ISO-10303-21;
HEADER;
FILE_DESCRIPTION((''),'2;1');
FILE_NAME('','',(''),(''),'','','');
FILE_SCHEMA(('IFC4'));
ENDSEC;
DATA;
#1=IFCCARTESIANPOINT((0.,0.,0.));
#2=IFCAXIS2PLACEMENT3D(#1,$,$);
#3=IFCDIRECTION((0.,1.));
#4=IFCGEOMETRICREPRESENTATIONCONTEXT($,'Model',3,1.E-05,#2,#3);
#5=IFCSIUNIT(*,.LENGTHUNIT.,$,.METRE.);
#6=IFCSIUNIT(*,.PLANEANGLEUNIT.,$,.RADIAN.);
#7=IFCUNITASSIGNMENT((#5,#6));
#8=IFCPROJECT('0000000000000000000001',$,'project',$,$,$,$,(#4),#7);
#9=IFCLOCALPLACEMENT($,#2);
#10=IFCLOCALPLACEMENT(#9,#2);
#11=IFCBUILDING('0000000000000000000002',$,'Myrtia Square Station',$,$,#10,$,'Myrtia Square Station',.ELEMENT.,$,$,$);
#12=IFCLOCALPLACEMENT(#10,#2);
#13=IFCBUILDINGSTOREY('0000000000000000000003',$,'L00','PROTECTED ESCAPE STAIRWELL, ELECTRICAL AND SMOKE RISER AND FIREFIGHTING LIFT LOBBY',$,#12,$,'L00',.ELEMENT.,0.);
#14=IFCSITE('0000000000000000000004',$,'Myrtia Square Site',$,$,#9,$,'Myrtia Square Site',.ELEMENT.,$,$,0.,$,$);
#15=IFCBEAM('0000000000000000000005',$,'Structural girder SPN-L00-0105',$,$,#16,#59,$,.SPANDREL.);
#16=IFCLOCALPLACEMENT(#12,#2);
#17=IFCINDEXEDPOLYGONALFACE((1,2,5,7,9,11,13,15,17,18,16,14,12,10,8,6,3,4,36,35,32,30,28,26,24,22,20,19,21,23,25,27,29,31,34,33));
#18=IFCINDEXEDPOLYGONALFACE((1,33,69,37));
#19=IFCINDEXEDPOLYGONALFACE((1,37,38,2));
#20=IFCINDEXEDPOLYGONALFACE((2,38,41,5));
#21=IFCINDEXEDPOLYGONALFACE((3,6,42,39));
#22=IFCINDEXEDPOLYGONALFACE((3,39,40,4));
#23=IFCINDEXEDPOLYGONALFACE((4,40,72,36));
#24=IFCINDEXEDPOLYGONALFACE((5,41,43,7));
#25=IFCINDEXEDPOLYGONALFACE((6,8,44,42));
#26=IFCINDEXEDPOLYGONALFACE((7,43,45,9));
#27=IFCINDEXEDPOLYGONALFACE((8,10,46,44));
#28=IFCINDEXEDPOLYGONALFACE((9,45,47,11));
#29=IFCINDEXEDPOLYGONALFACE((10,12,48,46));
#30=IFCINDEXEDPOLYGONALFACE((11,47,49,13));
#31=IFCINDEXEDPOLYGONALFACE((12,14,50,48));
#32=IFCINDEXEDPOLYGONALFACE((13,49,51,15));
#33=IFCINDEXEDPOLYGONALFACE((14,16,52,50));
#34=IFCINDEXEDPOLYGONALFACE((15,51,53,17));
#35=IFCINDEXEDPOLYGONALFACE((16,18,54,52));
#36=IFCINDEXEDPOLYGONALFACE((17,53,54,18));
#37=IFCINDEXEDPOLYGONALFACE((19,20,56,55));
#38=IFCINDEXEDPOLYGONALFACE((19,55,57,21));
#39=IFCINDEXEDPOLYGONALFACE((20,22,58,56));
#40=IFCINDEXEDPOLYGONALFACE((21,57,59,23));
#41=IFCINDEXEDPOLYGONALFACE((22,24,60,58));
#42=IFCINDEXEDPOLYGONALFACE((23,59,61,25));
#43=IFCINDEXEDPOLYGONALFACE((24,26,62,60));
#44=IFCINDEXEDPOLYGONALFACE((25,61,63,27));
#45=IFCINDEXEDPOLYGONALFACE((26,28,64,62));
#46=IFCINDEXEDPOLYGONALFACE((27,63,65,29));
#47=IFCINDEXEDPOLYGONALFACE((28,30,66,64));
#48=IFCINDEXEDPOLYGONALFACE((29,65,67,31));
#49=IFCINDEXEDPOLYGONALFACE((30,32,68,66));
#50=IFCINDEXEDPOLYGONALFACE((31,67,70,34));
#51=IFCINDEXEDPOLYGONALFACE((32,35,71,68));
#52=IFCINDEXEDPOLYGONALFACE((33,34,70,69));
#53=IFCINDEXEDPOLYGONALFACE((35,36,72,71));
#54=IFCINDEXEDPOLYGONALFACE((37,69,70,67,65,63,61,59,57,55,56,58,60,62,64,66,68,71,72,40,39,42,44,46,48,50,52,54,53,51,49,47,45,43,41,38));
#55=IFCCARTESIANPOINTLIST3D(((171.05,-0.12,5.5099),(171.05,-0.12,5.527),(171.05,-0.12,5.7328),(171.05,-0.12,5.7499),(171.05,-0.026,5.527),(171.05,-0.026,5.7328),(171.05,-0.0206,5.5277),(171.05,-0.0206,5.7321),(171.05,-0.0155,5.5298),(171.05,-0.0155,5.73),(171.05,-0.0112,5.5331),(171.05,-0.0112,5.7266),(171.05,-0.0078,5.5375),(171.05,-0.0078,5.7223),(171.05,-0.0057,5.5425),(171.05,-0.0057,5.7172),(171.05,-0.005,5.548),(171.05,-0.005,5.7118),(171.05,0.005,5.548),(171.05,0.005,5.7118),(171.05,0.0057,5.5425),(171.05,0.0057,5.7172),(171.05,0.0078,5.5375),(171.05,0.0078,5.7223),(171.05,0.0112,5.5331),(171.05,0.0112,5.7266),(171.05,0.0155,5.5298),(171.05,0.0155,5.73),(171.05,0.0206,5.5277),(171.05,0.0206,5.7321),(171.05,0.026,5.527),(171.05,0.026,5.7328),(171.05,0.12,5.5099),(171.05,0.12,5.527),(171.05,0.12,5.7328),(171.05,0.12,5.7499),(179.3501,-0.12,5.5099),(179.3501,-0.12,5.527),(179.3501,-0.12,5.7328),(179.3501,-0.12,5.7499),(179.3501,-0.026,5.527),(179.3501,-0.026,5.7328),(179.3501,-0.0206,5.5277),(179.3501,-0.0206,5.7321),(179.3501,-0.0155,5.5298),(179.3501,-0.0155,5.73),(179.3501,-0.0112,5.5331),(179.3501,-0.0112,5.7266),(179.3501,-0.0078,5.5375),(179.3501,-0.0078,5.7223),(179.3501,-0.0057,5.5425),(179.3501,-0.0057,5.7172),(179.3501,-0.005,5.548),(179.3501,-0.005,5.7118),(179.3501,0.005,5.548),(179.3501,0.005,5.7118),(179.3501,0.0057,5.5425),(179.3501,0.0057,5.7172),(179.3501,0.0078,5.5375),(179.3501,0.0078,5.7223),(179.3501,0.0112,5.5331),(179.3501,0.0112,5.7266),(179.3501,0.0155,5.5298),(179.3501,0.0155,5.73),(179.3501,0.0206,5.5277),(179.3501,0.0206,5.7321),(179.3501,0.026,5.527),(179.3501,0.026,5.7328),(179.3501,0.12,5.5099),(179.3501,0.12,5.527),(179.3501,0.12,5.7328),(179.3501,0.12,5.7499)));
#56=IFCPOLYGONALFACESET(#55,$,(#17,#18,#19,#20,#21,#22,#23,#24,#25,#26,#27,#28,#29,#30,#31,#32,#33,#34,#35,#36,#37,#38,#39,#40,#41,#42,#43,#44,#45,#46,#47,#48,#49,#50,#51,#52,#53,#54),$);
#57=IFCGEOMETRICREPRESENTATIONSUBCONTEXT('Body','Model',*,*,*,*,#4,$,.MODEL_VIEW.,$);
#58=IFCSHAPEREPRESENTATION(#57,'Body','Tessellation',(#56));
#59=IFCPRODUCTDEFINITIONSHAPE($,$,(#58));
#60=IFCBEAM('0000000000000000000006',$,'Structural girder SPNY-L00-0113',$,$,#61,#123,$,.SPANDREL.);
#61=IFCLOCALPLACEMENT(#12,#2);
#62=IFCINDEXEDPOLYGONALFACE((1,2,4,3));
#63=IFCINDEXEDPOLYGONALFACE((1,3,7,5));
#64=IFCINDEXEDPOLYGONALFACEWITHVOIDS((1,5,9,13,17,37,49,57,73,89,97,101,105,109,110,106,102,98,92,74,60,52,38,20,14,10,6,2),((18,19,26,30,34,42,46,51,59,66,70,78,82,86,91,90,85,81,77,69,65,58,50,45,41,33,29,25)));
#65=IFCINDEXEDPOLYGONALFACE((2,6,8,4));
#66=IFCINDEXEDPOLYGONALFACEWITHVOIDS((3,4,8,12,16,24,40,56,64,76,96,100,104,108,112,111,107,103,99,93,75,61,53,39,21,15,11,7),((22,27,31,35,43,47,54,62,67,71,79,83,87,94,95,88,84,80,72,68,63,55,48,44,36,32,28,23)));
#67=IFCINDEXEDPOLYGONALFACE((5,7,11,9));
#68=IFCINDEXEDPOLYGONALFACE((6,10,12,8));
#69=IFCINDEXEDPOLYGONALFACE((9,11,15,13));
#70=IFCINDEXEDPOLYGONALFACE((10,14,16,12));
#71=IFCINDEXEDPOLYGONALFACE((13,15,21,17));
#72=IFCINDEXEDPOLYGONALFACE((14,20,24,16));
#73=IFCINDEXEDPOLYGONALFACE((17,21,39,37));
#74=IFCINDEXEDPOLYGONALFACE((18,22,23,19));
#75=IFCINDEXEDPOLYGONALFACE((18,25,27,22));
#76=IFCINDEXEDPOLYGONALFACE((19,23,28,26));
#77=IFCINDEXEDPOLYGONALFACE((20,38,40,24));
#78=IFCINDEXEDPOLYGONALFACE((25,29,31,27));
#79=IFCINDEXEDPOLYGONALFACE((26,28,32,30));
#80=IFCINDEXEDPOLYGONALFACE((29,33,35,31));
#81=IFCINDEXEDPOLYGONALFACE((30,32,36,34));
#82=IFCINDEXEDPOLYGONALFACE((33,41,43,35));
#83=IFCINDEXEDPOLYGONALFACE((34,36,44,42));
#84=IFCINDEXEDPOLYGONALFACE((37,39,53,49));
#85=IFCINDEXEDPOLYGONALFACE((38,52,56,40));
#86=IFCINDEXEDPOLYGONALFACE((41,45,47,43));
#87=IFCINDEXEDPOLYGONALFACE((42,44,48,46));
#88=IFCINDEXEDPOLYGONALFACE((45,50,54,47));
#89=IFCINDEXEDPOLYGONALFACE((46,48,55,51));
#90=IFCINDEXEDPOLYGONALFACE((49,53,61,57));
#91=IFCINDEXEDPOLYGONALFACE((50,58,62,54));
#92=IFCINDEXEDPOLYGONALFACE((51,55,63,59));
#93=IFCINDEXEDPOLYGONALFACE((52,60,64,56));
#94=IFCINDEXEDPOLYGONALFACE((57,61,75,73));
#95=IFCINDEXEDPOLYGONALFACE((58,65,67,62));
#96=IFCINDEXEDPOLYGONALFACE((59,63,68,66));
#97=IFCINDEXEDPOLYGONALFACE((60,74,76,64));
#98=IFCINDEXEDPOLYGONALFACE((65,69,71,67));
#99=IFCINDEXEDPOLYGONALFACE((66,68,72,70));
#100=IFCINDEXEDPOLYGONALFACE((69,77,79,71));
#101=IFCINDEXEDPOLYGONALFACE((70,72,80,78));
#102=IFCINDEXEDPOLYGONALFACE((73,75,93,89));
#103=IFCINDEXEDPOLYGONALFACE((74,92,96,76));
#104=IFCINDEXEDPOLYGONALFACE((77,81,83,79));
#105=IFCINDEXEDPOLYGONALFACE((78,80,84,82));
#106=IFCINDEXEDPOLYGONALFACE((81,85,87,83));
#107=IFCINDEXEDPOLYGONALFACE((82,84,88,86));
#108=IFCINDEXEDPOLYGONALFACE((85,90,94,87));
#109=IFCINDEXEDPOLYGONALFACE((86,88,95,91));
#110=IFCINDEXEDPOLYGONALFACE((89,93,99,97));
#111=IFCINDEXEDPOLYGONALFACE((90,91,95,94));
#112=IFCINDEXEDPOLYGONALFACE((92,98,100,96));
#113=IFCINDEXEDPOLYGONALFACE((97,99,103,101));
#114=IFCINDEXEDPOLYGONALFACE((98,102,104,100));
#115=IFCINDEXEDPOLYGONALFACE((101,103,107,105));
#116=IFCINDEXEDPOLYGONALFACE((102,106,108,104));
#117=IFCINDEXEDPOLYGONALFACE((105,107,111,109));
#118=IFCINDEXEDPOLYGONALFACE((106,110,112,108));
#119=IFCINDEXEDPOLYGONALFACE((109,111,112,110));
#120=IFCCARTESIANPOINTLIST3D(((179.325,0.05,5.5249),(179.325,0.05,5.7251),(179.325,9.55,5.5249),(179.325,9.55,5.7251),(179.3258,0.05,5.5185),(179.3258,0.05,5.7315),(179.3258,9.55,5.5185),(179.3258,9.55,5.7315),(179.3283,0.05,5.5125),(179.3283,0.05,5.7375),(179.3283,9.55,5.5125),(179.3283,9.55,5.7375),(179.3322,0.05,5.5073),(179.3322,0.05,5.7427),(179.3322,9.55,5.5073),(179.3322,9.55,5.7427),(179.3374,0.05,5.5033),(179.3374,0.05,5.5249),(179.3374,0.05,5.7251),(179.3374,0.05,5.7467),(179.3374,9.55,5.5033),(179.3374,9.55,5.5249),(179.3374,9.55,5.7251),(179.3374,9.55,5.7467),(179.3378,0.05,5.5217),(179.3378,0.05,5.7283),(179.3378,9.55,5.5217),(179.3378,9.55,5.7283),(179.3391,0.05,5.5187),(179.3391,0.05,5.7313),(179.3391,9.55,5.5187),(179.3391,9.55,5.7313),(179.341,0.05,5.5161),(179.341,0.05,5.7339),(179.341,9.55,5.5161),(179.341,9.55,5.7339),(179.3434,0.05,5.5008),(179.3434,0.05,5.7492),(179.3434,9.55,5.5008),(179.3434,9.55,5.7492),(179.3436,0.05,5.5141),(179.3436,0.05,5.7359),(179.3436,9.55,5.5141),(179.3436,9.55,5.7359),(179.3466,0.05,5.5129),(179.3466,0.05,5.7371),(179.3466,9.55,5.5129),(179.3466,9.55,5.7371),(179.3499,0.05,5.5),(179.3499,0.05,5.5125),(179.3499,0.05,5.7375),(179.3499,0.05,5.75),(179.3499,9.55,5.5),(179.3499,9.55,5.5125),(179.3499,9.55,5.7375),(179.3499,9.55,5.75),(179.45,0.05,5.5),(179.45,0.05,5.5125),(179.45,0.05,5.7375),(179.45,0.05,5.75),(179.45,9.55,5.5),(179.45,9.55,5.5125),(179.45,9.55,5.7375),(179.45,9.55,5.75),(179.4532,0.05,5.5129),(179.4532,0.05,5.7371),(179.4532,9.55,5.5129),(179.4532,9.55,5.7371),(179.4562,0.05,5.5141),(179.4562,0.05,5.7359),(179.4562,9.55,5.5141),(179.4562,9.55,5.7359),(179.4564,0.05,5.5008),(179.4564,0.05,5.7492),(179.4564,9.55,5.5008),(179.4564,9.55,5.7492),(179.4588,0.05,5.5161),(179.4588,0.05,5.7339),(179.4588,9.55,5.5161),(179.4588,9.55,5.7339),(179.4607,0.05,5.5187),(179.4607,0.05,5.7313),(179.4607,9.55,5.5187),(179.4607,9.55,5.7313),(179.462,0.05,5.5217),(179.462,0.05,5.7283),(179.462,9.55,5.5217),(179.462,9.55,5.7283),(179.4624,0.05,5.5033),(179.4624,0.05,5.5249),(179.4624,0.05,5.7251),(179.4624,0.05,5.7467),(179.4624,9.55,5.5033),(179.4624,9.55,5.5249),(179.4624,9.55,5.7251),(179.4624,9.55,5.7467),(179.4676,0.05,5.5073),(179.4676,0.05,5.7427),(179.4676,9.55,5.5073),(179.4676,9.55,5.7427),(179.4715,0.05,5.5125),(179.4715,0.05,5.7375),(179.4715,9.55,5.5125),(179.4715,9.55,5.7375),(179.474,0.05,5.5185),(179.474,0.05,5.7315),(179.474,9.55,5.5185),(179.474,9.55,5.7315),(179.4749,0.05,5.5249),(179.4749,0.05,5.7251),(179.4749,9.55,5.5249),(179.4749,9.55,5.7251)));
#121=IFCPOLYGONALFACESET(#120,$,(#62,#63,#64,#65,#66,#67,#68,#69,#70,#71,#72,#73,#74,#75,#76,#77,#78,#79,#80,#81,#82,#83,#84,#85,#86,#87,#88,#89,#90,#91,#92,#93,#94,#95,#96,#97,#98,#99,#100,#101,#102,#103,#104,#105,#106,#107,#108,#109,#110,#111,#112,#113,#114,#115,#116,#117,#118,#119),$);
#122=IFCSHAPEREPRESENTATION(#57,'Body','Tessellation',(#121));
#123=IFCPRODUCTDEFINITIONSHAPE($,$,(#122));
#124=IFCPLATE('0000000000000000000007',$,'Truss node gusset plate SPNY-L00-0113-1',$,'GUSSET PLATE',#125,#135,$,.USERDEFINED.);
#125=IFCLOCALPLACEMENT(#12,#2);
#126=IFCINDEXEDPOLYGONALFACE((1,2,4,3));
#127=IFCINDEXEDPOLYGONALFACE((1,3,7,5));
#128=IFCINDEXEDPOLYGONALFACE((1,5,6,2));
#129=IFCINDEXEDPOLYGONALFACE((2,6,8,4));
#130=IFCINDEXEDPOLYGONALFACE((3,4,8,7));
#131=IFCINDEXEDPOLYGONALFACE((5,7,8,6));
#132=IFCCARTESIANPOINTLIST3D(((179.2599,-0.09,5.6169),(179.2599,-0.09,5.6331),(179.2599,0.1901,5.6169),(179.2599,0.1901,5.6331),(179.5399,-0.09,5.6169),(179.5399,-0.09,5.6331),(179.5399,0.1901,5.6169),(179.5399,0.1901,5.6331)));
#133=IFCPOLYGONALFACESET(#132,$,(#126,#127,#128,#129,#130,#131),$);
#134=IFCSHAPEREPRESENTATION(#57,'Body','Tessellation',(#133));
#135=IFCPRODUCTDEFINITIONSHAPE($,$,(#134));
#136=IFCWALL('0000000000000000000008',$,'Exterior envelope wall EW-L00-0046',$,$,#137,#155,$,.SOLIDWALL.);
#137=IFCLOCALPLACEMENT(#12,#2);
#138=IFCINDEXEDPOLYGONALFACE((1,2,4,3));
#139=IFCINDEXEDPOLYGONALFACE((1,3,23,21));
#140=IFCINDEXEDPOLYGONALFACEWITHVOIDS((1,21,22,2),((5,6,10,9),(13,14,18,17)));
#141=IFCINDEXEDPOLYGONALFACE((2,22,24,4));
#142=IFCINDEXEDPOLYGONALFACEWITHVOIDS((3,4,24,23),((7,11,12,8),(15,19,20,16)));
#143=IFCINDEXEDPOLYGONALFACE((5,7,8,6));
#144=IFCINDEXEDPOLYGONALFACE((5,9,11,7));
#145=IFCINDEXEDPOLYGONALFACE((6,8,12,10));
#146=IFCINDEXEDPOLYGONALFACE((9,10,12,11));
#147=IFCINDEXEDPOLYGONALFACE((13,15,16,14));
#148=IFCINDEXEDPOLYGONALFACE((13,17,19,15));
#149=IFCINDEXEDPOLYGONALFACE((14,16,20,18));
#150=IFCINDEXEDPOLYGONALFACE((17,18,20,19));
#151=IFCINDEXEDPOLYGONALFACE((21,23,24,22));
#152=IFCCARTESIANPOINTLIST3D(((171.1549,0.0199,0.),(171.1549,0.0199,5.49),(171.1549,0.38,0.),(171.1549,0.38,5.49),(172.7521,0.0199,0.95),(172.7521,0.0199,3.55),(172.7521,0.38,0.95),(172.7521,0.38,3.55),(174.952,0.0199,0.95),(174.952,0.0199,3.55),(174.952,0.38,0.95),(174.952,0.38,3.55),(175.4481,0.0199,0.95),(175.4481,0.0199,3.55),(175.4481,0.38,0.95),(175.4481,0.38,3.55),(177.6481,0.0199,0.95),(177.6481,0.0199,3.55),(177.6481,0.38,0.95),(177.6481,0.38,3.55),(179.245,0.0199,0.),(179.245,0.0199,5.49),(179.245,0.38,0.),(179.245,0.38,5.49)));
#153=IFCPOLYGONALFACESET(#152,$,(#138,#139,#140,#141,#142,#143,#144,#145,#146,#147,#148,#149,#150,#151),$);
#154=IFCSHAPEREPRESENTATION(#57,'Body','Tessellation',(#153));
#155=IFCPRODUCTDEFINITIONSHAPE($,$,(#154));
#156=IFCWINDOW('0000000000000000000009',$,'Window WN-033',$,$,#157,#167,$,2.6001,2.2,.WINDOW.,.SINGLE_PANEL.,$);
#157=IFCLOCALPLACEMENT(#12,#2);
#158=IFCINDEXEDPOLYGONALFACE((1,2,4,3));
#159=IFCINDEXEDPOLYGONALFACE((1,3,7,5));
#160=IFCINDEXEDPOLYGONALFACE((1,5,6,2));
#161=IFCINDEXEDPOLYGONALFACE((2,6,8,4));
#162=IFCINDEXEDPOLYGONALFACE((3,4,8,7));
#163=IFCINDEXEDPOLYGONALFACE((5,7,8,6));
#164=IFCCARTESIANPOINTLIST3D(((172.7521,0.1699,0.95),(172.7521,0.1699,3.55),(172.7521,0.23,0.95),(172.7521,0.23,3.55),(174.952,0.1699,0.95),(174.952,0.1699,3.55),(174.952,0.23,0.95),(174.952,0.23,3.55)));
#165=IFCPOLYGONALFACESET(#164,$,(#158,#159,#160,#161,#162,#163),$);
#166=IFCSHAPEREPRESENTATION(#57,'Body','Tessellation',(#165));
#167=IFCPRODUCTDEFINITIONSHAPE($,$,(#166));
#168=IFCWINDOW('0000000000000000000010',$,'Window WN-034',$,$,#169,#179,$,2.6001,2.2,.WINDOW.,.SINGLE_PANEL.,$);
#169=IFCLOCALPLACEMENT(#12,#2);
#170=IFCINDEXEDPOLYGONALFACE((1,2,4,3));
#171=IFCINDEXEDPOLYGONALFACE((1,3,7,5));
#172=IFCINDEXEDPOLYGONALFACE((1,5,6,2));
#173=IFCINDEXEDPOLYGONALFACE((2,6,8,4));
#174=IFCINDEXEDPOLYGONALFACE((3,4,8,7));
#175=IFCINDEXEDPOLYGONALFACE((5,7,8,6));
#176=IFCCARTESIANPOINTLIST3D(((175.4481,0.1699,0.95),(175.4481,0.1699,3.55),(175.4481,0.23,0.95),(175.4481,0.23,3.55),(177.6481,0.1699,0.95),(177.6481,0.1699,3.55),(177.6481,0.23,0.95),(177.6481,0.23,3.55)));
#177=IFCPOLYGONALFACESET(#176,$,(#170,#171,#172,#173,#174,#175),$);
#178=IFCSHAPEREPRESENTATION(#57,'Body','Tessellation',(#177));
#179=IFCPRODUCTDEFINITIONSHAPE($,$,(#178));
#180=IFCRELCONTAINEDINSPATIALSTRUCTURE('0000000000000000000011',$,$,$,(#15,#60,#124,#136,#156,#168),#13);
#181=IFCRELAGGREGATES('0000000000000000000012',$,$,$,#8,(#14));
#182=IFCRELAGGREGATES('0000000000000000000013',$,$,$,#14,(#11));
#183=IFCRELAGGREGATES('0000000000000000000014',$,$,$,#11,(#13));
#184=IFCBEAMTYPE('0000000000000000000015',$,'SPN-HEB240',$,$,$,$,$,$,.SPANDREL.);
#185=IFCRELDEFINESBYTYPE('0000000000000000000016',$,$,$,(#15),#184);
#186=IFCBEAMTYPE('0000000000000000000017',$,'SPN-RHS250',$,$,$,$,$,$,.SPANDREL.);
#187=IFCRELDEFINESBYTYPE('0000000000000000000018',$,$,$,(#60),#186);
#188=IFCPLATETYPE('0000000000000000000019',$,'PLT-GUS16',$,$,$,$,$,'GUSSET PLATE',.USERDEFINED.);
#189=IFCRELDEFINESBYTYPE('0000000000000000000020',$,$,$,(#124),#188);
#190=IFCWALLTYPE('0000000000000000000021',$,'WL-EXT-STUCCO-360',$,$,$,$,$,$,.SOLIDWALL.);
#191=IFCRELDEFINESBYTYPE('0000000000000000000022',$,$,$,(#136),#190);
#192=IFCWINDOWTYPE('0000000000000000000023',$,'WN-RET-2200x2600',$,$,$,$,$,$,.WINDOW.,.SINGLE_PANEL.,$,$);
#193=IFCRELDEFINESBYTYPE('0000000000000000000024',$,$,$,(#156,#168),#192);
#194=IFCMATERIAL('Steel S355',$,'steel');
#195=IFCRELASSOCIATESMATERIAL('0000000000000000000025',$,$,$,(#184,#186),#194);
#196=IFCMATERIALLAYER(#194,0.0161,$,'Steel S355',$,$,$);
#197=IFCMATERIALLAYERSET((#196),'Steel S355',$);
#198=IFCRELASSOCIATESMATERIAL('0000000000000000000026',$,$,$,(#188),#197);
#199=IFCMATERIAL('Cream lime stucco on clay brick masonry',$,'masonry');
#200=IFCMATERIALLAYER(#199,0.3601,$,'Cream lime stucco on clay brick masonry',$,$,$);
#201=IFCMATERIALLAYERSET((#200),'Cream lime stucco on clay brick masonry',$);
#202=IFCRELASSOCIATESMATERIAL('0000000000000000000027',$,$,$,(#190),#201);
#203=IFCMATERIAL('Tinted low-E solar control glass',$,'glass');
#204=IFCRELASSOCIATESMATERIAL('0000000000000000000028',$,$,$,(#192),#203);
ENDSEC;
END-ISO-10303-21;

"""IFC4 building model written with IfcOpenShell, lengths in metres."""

from ifc_helpers import new_model, si_unit, direction, frame, frame_2d, origin, origin_2d, place, context, subcontext, project, spatial, rectangle, hollow_rectangle, i_section, extrude, material, layer, layer_set, material_profile, profile_set, type_object, element, fill, save


model = new_model("IFC4")

# Units and contexts
model_context = context("Model", 3, precision=1e-05, world=origin(), true_north=direction((0.0, 1.0)))
body_context = subcontext(model_context, "Body", "Model", "MODEL_VIEW")
ifc_project = project(units=[si_unit("LENGTHUNIT", "METRE"), si_unit("PLANEANGLEUNIT", "RADIAN")], contexts=[model_context])

# Site, building, storey
site_placement = place(None, origin())
site = spatial("IfcSite", under=ifc_project, at=site_placement, Name="Myrtia Square Site", LongName="Myrtia Square Site", CompositionType="ELEMENT", RefElevation=0.0)
building_placement = place(site_placement, origin())
building = spatial("IfcBuilding", under=site, at=building_placement, Name="Myrtia Square Station", LongName="Myrtia Square Station", CompositionType="ELEMENT")
storey_placement = place(building_placement, origin())
storey = spatial("IfcBuildingStorey", under=building, at=storey_placement, Name="L00", Description="PROTECTED ESCAPE STAIRWELL, ELECTRICAL AND SMOKE RISER AND FIREFIGHTING LIFT LOBBY", LongName="L00", CompositionType="ELEMENT", Elevation=0.0)

# Shared definitions
ifc_material_1 = material(Name="Steel S355", Category="steel")

# Beams
ifc_material_profile_1 = material_profile(ifc_material_1, i_section(OverallWidth=0.24, OverallDepth=0.24, WebThickness=0.01, FlangeThickness=0.0171, FilletRadius=0.021, at=origin_2d()), Name="HEB 240")
ifc_profile_set_1 = profile_set([ifc_material_profile_1], Name="Steel S355")
beam_type_1 = type_object("IfcBeamType", Name="SPN-HEB240", PredefinedType="SPANDREL", material=ifc_profile_set_1)
beam_1_placement = place(storey_placement, frame((171.05, 0.0, 5.6299), z_axis=(1.0, 0.0, 0.0), x_axis=(0.0, 1.0, 0.0)))
element("IfcBeam", 1, at=beam_1_placement, inside=storey, type_object=beam_type_1, Name="Structural girder SPN-L00-0105", PredefinedType="SPANDREL", context=body_context, shape_type="SweptSolid", body=[
    extrude(i_section(OverallWidth=0.24, OverallDepth=0.24, WebThickness=0.01, FlangeThickness=0.0171, FilletRadius=0.021, at=origin_2d()), origin(), (0.0, 0.0, 1.0), 8.3),
])
ifc_material_profile_2 = material_profile(ifc_material_1, hollow_rectangle(XDim=0.1499, YDim=0.25, WallThickness=0.0125, InnerFilletRadius=0.0125, OuterFilletRadius=0.0249, at=origin_2d()), Name="RHS 250x150x12.5")
ifc_profile_set_2 = profile_set([ifc_material_profile_2], Name="Steel S355")
beam_type_2 = type_object("IfcBeamType", Name="SPN-RHS250", PredefinedType="SPANDREL", material=ifc_profile_set_2)
beam_2_placement = place(storey_placement, frame((179.3999, 0.05, 5.625), z_axis=(0.0, 1.0, 0.0), x_axis=(-1.0, 0.0, 0.0)))
element("IfcBeam", 2, at=beam_2_placement, inside=storey, type_object=beam_type_2, Name="Structural girder SPNY-L00-0113", PredefinedType="SPANDREL", context=body_context, shape_type="SweptSolid", body=[
    extrude(hollow_rectangle(XDim=0.1499, YDim=0.25, WallThickness=0.0125, InnerFilletRadius=0.0125, OuterFilletRadius=0.0249, at=origin_2d()), origin(), (0.0, 0.0, 1.0), 9.5),
])

# Plate
ifc_layer_1 = layer(ifc_material_1, 0.0161, Name="Steel S355")
ifc_layer_set_1 = layer_set([ifc_layer_1], Name="Steel S355")
plate_type = type_object("IfcPlateType", Name="PLT-GUS16", ElementType="GUSSET PLATE", PredefinedType="USERDEFINED", material=ifc_layer_set_1)
plate_placement = place(storey_placement, frame((179.3999, 0.05, 5.6169), z_axis=(0.0, 0.0, 1.0), x_axis=(0.0, 1.0, 0.0)))
element("IfcPlate", 3, at=plate_placement, inside=storey, type_object=plate_type, Name="Truss node gusset plate SPNY-L00-0113-1", ObjectType="GUSSET PLATE", PredefinedType="USERDEFINED", context=body_context, shape_type="SweptSolid", body=[
    extrude(rectangle(XDim=0.28, YDim=0.28, at=origin_2d()), origin(), (0.0, 0.0, 1.0), 0.0161),
])

# Wall, openings, windows
ifc_material_2 = material(Name="Cream lime stucco on clay brick masonry", Category="masonry")
ifc_layer_2 = layer(ifc_material_2, 0.3601, Name="Cream lime stucco on clay brick masonry")
ifc_layer_set_2 = layer_set([ifc_layer_2], Name="Cream lime stucco on clay brick masonry")
wall_type_1 = type_object("IfcWallType", Name="WL-EXT-STUCCO-360", PredefinedType="SOLIDWALL", material=ifc_layer_set_2)
wall_1_placement = place(storey_placement, frame((171.155, 0.2, 0.0), z_axis=(0.0, 0.0, 1.0), x_axis=(1.0, 0.0, 0.0)))
wall_1 = element("IfcWall", 4, at=wall_1_placement, inside=storey, type_object=wall_type_1, Name="Exterior envelope wall EW-L00-0046", PredefinedType="SOLIDWALL", context=body_context, shape_type="SweptSolid", body=[
    extrude(rectangle(XDim=8.0901, YDim=0.3601, at=frame_2d((4.0449, 0.0))), origin(), (0.0, 0.0, 1.0), 5.49),
])
opening_1_placement = place(wall_1_placement, frame((1.5969, 0.0, 0.95)))
opening_1 = element("IfcOpeningElement", 5, at=opening_1_placement, cuts=wall_1, PredefinedType="OPENING", context=body_context, shape_type="SweptSolid", body=[
    extrude(rectangle(XDim=2.2, YDim=2.6001, at=frame_2d((1.1001, 1.3))), frame((0.0, 0.1951, 0.0), z_axis=(0.0, -1.0, 0.0), x_axis=(1.0, 0.0, 0.0)), (0.0, 0.0, 1.0), 0.3901),
])
opening_2_placement = place(wall_1_placement, frame((4.293, 0.0, 0.95)))
opening_2 = element("IfcOpeningElement", 6, at=opening_2_placement, cuts=wall_1, PredefinedType="OPENING", context=body_context, shape_type="SweptSolid", body=[
    extrude(rectangle(XDim=2.2, YDim=2.6001, at=frame_2d((1.1001, 1.3))), frame((0.0, 0.1951, 0.0), z_axis=(0.0, -1.0, 0.0), x_axis=(1.0, 0.0, 0.0)), (0.0, 0.0, 1.0), 0.3901),
])
ifc_material_3 = material(Name="Tinted low-E solar control glass", Category="glass")
window_type = type_object("IfcWindowType", Name="WN-RET-2200x2600", PartitioningType="SINGLE_PANEL", PredefinedType="WINDOW", material=ifc_material_3)
window_1_placement = place(opening_1_placement, origin())
window_1 = element("IfcWindow", 7, at=window_1_placement, inside=storey, type_object=window_type, Name="Window WN-033", OverallHeight=2.6001, OverallWidth=2.2, PartitioningType="SINGLE_PANEL", PredefinedType="WINDOW", context=body_context, shape_type="SweptSolid", body=[
    extrude(rectangle(XDim=2.2, YDim=2.6001, at=frame_2d((1.1001, 1.3))), frame((0.0, 0.03, 0.0), z_axis=(0.0, -1.0, 0.0), x_axis=(1.0, 0.0, 0.0)), (0.0, 0.0, 1.0), 0.0601),
])
fill(opening_1, window_1)
window_2_placement = place(opening_2_placement, origin())
window_2 = element("IfcWindow", 8, at=window_2_placement, inside=storey, type_object=window_type, Name="Window WN-034", OverallHeight=2.6001, OverallWidth=2.2, PartitioningType="SINGLE_PANEL", PredefinedType="WINDOW", context=body_context, shape_type="SweptSolid", body=[
    extrude(rectangle(XDim=2.2, YDim=2.6001, at=frame_2d((1.1001, 1.3))), frame((0.0, 0.03, 0.0), z_axis=(0.0, -1.0, 0.0), x_axis=(1.0, 0.0, 0.0)), (0.0, 0.0, 1.0), 0.0601),
])
fill(opening_2, window_2)

save(model, "model.ifc")
